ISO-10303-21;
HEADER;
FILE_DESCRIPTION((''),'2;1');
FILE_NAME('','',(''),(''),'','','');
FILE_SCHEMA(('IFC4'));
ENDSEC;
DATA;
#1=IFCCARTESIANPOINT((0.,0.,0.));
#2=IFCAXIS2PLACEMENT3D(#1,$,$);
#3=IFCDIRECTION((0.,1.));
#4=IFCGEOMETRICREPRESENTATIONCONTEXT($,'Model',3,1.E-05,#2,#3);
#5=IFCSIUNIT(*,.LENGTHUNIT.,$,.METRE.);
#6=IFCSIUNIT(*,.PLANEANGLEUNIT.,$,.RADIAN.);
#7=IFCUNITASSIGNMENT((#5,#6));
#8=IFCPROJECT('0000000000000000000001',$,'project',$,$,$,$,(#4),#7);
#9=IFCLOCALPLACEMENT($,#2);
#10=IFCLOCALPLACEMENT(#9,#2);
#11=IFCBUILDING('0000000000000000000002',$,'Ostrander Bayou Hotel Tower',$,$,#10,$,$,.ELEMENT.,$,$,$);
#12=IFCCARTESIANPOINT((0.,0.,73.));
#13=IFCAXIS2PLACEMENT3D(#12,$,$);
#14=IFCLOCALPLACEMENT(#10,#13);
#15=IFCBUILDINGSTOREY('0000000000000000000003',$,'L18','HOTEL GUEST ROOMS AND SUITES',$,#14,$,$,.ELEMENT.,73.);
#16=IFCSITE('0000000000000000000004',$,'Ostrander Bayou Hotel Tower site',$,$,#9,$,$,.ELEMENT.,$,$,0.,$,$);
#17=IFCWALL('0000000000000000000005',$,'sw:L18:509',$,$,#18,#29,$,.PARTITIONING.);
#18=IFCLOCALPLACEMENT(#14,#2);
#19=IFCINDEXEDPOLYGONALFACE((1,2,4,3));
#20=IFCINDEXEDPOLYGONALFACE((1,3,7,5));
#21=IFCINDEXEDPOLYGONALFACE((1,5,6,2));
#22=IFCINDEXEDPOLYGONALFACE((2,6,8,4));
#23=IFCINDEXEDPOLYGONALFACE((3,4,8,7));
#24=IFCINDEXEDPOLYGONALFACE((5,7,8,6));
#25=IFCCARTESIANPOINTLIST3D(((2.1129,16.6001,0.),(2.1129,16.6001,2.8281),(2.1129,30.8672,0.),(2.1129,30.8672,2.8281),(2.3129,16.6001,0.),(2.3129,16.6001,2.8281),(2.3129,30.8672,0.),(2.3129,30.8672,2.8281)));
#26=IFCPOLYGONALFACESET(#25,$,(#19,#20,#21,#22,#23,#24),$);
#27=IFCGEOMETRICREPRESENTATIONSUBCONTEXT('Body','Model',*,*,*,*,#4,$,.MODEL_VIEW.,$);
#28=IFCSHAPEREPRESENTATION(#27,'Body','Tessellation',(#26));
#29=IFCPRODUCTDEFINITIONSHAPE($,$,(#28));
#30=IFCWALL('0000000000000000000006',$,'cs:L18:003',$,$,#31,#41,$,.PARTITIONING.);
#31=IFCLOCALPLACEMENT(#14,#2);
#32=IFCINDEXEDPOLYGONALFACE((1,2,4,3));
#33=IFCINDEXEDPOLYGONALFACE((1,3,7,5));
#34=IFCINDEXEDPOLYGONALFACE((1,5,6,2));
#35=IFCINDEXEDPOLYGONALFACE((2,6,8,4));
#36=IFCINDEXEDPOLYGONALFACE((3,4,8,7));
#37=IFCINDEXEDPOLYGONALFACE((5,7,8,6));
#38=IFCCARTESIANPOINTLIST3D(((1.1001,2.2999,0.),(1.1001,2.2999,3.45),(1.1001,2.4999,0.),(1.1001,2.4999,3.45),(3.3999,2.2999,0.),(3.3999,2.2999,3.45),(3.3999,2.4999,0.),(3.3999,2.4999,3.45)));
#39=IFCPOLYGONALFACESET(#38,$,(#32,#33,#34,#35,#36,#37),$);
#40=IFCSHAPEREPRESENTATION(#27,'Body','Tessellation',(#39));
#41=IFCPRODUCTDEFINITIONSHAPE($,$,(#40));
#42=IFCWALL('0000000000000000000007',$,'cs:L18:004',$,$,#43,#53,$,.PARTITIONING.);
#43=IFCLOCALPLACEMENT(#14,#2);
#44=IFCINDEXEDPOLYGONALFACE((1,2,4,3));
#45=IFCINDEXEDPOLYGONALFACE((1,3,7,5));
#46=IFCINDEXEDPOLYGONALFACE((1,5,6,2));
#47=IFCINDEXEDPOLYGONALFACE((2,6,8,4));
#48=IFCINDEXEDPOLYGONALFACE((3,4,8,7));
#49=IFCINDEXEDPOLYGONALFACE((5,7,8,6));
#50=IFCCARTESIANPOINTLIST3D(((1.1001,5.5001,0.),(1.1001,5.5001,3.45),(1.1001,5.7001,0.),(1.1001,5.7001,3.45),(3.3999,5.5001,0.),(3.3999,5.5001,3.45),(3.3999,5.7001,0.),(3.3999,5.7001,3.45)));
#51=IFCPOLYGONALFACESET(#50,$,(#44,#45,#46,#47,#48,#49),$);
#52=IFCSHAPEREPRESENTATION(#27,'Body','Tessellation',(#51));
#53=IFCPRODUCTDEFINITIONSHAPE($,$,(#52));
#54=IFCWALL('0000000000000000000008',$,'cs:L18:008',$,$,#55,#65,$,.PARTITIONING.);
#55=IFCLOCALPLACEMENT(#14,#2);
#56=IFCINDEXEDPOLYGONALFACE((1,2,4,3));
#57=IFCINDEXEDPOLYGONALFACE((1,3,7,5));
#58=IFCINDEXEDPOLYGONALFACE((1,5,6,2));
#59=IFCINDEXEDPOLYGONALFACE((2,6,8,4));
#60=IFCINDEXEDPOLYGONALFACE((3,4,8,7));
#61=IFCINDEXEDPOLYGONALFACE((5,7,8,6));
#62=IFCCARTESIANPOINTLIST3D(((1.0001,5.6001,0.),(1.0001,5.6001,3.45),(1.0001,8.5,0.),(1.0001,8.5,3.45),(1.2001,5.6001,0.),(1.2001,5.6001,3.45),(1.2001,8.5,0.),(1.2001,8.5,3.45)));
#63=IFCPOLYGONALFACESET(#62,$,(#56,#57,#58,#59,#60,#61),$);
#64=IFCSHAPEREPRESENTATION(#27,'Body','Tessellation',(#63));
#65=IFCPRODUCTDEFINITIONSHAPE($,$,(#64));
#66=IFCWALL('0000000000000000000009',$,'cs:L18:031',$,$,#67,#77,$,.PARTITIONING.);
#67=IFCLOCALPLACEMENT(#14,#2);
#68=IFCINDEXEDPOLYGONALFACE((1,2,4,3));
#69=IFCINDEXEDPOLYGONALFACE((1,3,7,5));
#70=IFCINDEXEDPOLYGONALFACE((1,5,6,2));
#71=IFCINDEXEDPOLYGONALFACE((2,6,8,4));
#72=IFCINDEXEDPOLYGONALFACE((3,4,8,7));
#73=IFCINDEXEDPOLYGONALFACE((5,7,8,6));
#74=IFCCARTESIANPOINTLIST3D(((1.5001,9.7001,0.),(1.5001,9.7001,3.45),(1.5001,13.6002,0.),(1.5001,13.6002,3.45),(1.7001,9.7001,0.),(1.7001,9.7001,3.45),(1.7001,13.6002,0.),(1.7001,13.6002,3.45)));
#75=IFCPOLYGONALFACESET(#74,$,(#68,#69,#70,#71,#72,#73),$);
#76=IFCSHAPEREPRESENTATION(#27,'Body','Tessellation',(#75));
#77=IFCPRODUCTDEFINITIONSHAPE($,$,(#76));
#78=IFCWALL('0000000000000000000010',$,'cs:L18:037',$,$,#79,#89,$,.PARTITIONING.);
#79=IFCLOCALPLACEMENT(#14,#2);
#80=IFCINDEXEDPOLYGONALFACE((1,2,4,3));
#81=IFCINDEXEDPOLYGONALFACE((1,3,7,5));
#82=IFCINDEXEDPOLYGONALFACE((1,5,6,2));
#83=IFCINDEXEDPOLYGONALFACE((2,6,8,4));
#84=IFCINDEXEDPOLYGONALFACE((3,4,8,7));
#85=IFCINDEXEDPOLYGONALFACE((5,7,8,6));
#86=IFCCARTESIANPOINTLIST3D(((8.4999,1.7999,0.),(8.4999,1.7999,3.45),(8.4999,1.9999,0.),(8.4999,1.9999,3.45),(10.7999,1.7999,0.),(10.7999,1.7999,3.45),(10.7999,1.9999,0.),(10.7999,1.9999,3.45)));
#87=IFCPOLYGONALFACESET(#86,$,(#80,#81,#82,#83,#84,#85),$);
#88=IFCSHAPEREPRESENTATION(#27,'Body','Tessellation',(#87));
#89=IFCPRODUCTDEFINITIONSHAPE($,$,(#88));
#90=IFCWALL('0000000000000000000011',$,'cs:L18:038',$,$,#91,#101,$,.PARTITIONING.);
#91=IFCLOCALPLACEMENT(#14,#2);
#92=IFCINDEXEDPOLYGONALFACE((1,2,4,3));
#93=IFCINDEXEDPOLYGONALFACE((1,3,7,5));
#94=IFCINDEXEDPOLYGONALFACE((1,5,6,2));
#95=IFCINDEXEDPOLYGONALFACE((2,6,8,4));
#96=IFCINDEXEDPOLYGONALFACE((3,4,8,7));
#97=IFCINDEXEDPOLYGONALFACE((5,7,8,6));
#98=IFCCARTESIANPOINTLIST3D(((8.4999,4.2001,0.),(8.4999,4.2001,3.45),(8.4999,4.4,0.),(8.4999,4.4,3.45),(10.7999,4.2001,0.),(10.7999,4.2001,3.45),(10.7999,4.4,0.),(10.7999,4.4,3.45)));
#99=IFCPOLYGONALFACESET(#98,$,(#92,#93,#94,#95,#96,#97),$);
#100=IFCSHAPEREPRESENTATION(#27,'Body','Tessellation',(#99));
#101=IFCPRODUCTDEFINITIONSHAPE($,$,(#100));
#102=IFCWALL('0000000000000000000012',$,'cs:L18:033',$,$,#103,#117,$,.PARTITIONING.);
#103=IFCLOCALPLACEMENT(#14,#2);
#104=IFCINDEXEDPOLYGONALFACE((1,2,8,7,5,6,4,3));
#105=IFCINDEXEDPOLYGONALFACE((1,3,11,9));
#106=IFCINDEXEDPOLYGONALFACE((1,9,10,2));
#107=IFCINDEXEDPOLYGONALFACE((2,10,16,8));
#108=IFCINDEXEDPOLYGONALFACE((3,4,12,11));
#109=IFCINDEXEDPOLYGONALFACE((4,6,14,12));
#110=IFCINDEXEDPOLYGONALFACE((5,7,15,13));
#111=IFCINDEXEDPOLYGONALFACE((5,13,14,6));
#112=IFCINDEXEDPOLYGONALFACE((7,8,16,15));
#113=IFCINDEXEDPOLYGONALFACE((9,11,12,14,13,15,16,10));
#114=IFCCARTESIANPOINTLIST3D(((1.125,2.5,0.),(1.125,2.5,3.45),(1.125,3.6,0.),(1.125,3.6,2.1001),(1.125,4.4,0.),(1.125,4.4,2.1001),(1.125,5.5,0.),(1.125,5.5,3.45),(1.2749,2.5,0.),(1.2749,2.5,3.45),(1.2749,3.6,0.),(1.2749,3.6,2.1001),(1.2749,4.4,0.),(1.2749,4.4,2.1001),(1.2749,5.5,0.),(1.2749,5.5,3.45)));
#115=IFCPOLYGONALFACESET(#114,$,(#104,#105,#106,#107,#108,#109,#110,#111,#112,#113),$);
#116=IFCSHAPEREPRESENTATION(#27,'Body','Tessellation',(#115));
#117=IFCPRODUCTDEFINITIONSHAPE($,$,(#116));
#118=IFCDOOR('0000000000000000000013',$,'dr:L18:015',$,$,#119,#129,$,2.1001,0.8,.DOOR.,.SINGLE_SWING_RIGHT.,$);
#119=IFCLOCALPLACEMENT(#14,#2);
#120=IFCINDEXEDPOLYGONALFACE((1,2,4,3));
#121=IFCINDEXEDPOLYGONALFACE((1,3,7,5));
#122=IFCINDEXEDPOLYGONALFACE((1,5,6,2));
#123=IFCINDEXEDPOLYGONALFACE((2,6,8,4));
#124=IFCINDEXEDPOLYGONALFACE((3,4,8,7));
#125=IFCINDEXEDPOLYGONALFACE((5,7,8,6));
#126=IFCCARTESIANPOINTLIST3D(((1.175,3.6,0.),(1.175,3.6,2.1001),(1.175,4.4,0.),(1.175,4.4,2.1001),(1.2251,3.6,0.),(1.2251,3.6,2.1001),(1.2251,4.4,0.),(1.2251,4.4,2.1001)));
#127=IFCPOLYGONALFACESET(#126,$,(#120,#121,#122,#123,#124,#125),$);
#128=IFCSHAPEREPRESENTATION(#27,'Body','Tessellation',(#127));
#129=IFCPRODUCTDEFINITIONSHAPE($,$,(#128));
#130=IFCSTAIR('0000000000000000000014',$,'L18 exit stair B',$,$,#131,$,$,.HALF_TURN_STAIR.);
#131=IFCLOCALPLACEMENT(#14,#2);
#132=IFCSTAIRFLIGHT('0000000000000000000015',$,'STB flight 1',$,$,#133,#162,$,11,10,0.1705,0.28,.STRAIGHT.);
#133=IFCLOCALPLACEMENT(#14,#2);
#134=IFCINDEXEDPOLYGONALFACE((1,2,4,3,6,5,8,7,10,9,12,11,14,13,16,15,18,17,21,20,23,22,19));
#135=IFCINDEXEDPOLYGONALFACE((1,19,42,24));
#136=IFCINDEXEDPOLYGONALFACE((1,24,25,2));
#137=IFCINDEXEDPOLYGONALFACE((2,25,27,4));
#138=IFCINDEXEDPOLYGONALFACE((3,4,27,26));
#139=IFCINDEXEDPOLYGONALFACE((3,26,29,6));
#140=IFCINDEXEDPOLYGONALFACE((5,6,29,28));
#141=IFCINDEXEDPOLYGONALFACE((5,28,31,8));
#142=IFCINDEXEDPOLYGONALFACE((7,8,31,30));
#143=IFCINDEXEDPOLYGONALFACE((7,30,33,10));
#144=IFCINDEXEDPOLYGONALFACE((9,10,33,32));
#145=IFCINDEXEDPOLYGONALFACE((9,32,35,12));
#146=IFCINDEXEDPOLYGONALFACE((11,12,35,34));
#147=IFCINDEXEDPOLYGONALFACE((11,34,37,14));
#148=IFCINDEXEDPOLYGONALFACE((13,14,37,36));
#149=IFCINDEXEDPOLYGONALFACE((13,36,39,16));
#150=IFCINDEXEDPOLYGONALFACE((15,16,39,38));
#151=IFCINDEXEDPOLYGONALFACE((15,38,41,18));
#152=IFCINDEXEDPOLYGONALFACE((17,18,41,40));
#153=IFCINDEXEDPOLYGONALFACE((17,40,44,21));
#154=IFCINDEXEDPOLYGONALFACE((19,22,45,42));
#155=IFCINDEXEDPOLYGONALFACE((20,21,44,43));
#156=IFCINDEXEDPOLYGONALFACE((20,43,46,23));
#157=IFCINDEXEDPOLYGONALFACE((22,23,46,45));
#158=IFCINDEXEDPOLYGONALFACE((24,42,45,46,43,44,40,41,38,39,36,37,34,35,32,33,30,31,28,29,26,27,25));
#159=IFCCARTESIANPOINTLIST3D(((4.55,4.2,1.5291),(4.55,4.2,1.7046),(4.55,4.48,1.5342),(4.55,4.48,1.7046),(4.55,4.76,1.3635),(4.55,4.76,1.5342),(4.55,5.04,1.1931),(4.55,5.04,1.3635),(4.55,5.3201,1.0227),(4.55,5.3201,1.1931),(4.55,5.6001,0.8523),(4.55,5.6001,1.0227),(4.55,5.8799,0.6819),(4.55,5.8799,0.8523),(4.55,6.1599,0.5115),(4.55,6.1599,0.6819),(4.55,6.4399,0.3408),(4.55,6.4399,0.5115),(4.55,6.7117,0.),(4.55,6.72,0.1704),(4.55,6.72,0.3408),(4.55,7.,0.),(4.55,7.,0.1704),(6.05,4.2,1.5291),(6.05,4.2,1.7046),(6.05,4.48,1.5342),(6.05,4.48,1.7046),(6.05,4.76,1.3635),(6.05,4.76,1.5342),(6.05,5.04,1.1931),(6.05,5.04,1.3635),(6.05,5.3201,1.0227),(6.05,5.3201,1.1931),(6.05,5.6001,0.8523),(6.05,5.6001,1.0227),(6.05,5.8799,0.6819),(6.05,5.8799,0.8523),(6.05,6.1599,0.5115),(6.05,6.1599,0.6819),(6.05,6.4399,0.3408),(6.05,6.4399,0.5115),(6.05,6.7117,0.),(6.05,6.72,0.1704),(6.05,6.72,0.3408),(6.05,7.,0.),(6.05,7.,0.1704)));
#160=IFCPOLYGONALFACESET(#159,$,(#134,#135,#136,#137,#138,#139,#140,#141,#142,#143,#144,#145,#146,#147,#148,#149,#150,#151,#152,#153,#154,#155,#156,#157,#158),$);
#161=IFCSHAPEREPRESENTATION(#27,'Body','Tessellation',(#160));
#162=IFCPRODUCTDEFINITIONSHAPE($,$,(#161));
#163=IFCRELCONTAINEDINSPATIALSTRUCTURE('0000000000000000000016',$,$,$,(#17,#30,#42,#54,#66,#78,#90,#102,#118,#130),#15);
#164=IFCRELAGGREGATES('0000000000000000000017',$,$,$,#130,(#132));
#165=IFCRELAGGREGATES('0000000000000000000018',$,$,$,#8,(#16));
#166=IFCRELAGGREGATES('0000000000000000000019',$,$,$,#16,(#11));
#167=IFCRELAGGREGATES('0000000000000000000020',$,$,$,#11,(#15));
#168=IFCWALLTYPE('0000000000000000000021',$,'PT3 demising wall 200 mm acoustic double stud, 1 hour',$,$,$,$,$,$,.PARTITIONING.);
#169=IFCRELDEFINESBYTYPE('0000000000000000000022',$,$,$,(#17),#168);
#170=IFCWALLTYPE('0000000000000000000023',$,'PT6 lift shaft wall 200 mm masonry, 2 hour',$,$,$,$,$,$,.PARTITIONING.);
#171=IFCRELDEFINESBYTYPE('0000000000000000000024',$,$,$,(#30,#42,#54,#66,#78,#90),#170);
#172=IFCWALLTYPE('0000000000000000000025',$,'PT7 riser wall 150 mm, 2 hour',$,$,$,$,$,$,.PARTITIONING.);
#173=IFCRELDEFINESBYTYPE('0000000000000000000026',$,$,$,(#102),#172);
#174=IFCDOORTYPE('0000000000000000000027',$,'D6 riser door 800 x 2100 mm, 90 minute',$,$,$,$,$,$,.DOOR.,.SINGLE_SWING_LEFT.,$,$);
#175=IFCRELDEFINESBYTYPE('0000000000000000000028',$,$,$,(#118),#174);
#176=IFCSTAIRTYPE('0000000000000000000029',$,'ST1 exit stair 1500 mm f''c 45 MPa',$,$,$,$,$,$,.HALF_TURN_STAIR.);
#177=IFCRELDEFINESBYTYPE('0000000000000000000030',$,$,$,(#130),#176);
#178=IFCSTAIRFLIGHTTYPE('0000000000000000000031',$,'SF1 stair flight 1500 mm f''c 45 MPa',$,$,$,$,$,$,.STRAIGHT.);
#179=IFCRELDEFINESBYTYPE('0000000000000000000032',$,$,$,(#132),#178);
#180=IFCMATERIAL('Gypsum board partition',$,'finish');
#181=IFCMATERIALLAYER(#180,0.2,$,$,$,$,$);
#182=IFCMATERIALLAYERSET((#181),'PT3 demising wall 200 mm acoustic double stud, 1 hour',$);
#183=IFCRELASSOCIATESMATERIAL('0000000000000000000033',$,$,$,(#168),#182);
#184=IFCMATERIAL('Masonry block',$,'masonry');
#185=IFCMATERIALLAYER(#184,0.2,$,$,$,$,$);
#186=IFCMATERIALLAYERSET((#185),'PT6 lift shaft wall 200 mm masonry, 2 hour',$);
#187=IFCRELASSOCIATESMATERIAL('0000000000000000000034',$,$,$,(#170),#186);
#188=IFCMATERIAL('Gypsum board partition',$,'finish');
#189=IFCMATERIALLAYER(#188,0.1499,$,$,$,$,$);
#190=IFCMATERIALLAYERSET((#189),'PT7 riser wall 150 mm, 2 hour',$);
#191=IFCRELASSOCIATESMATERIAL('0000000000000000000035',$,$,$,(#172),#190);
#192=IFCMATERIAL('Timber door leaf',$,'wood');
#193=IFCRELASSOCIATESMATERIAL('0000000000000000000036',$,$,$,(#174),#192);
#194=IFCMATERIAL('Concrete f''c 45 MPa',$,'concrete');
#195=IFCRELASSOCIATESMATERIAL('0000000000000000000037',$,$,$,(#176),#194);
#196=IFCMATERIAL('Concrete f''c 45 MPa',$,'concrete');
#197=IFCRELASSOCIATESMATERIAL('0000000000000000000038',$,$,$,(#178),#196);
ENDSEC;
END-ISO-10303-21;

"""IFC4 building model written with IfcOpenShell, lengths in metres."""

from ifc_helpers import new_model, si_unit, direction, frame, frame_2d, origin, place, context, subcontext, project, spatial, polyline, rectangle, outline, extrude, material, layer, layer_set, type_object, element, fill, aggregate, save


model = new_model("IFC4")

# Units and contexts
model_context = context("Model", 3, precision=1e-05, world=origin(), true_north=direction((0.0, 1.0)))
body_context = subcontext(model_context, "Body", "Model", "MODEL_VIEW")
ifc_project = project(units=[si_unit("LENGTHUNIT", "METRE"), si_unit("PLANEANGLEUNIT", "RADIAN")], contexts=[model_context])

# Site, building, storey
site_placement = place(None, origin())
site = spatial("IfcSite", under=ifc_project, at=site_placement, Name="Ostrander Bayou Hotel Tower site", CompositionType="ELEMENT", RefElevation=0.0)
building_placement = place(site_placement, origin())
building = spatial("IfcBuilding", under=site, at=building_placement, Name="Ostrander Bayou Hotel Tower", CompositionType="ELEMENT")
storey_placement = place(building_placement, frame((0.0, 0.0, 73.0)))
storey = spatial("IfcBuildingStorey", under=building, at=storey_placement, Name="L18", Description="HOTEL GUEST ROOMS AND SUITES", CompositionType="ELEMENT", Elevation=73.0)

# Wall
ifc_material_1 = material(Name="Gypsum board partition", Category="finish")
ifc_layer_1 = layer(ifc_material_1, 0.2)
ifc_layer_set_1 = layer_set([ifc_layer_1], Name="PT3 demising wall 200 mm acoustic double stud, 1 hour")
wall_type_1 = type_object("IfcWallType", Name="PT3 demising wall 200 mm acoustic double stud, 1 hour", PredefinedType="PARTITIONING", material=ifc_layer_set_1)
wall_1_placement = place(storey_placement, frame((2.2129, 16.6001, 0.0), z_axis=(0.0, 0.0, 1.0), x_axis=(0.0, 1.0, 0.0)))
element("IfcWall", 1, at=wall_1_placement, inside=storey, type_object=wall_type_1, Name="sw:L18:509", PredefinedType="PARTITIONING", context=body_context, shape_type="SweptSolid", body=[
    extrude(rectangle(XDim=14.2671, YDim=0.2, at=frame_2d((7.1335, 0.0))), origin(), (0.0, 0.0, 1.0), 2.8281),
])

# Walls
ifc_material_2 = material(Name="Masonry block", Category="masonry")
ifc_layer_2 = layer(ifc_material_2, 0.2)
ifc_layer_set_2 = layer_set([ifc_layer_2], Name="PT6 lift shaft wall 200 mm masonry, 2 hour")
wall_type_2 = type_object("IfcWallType", Name="PT6 lift shaft wall 200 mm masonry, 2 hour", PredefinedType="PARTITIONING", material=ifc_layer_set_2)
for number, where, z_axis, x_axis, name in (
    (2, (1.1001, 2.3999, 0.0), (0.0, 0.0, 1.0), (1.0, 0.0, 0.0), "cs:L18:003"),
    (3, (1.1001, 5.6001, 0.0), (0.0, 0.0, 1.0), (1.0, 0.0, 0.0), "cs:L18:004"),
):
    element("IfcWall", number, at=place(storey_placement, frame(where, z_axis=z_axis, x_axis=x_axis)), inside=storey, type_object=wall_type_2, Name=name, PredefinedType="PARTITIONING", context=body_context, shape_type="SweptSolid", body=[
        extrude(rectangle(XDim=2.2998, YDim=0.2, at=frame_2d((1.1499, 0.0))), origin(), (0.0, 0.0, 1.0), 3.45),
    ])
wall_2_placement = place(storey_placement, frame((1.1001, 5.6001, 0.0), z_axis=(0.0, 0.0, 1.0), x_axis=(0.0, 1.0, 0.0)))
element("IfcWall", 4, at=wall_2_placement, inside=storey, type_object=wall_type_2, Name="cs:L18:008", PredefinedType="PARTITIONING", context=body_context, shape_type="SweptSolid", body=[
    extrude(rectangle(XDim=2.8999, YDim=0.2, at=frame_2d((1.45, 0.0))), origin(), (0.0, 0.0, 1.0), 3.45),
])
wall_3_placement = place(storey_placement, frame((1.6001, 9.7, 0.0), z_axis=(0.0, 0.0, 1.0), x_axis=(0.0, 1.0, 0.0)))
element("IfcWall", 5, at=wall_3_placement, inside=storey, type_object=wall_type_2, Name="cs:L18:031", PredefinedType="PARTITIONING", context=body_context, shape_type="SweptSolid", body=[
    extrude(rectangle(XDim=3.9001, YDim=0.2, at=frame_2d((1.9502, 0.0))), origin(), (0.0, 0.0, 1.0), 3.45),
])
for number, where, z_axis, x_axis, name in (
    (6, (8.5, 1.8999, 0.0), (0.0, 0.0, 1.0), (1.0, 0.0, 0.0), "cs:L18:037"),
    (7, (8.5, 4.3, 0.0), (0.0, 0.0, 1.0), (1.0, 0.0, 0.0), "cs:L18:038"),
):
    element("IfcWall", number, at=place(storey_placement, frame(where, z_axis=z_axis, x_axis=x_axis)), inside=storey, type_object=wall_type_2, Name=name, PredefinedType="PARTITIONING", context=body_context, shape_type="SweptSolid", body=[
        extrude(rectangle(XDim=2.3, YDim=0.2, at=frame_2d((1.1499, 0.0))), origin(), (0.0, 0.0, 1.0), 3.45),
    ])

# Wall, opening, door
ifc_material_3 = material(Name="Gypsum board partition", Category="finish")
ifc_layer_3 = layer(ifc_material_3, 0.1499)
ifc_layer_set_3 = layer_set([ifc_layer_3], Name="PT7 riser wall 150 mm, 2 hour")
wall_type_3 = type_object("IfcWallType", Name="PT7 riser wall 150 mm, 2 hour", PredefinedType="PARTITIONING", material=ifc_layer_set_3)
wall_4_placement = place(storey_placement, frame((1.2, 2.5, 0.0), z_axis=(0.0, 0.0, 1.0), x_axis=(0.0, 1.0, 0.0)))
wall_4 = element("IfcWall", 8, at=wall_4_placement, inside=storey, type_object=wall_type_3, Name="cs:L18:033", PredefinedType="PARTITIONING", context=body_context, shape_type="SweptSolid", body=[
    extrude(rectangle(XDim=3.0, YDim=0.1499, at=frame_2d((1.5, 0.0))), origin(), (0.0, 0.0, 1.0), 3.45),
])
opening_1_placement = place(wall_4_placement, frame((1.1001, 0.0, 0.0)))
opening_1 = element("IfcOpeningElement", 9, at=opening_1_placement, cuts=wall_4, PredefinedType="OPENING", context=body_context, shape_type="SweptSolid", body=[
    extrude(rectangle(XDim=0.8, YDim=2.1001, at=frame_2d((0.3999, 1.05))), frame((0.0, 0.075, 0.0), z_axis=(0.0, -1.0, 0.0), x_axis=(1.0, 0.0, 0.0)), (0.0, 0.0, 1.0), 0.1499),
])
ifc_material_4 = material(Name="Timber door leaf", Category="wood")
door_type_1 = type_object("IfcDoorType", Name="D6 riser door 800 x 2100 mm, 90 minute", OperationType="SINGLE_SWING_LEFT", PredefinedType="DOOR", material=ifc_material_4)
door_1_placement = place(opening_1_placement, origin())
door_1 = element("IfcDoor", 10, at=door_1_placement, inside=storey, type_object=door_type_1, Name="dr:L18:015", OperationType="SINGLE_SWING_RIGHT", OverallHeight=2.1001, OverallWidth=0.8, PredefinedType="DOOR", context=body_context, shape_type="SweptSolid", body=[
    extrude(rectangle(XDim=0.8, YDim=2.1001, at=frame_2d((0.3999, 1.05))), frame((0.0, 0.0249, 0.0), z_axis=(0.0, -1.0, 0.0), x_axis=(1.0, 0.0, 0.0)), (0.0, 0.0, 1.0), 0.05),
])
fill(opening_1, door_1)

# Stair, stair flight
ifc_material_5 = material(Name="Concrete f'c 45 MPa", Category="concrete")
stair_type = type_object("IfcStairType", Name="ST1 exit stair 1500 mm f'c 45 MPa", PredefinedType="HALF_TURN_STAIR", material=ifc_material_5)
stair_placement = place(storey_placement, origin())
stair = element("IfcStair", 11, at=stair_placement, inside=storey, type_object=stair_type, Name="L18 exit stair B", PredefinedType="HALF_TURN_STAIR")
ifc_material_6 = material(Name="Concrete f'c 45 MPa", Category="concrete")
stair_flight_type = type_object("IfcStairFlightType", Name="SF1 stair flight 1500 mm f'c 45 MPa", PredefinedType="STRAIGHT", material=ifc_material_6)
stair_flight_1_placement = place(storey_placement, frame((5.3, 7.0, 0.0), z_axis=(0.0, 0.0, 1.0), x_axis=(0.0, -1.0, 0.0)))
stair_flight_1 = element("IfcStairFlight", 12, at=stair_flight_1_placement, type_object=stair_flight_type, Name="STB flight 1", NumberOfRisers=11, NumberOfTreads=10, PredefinedType="STRAIGHT", RiserHeight=0.1705, TreadLength=0.28, context=body_context, shape_type="SweptSolid", body=[
    extrude(outline(polyline([(0.0, 0.0), (0.0, 0.1704), (0.28, 0.1704), (0.28, 0.3408), (0.5601, 0.3408), (0.5601, 0.5115), (0.8401, 0.5115), (0.8401, 0.6819), (1.1201, 0.6819), (1.1201, 0.8523), (1.3999, 0.8523), (1.3999, 1.0227), (1.6799, 1.0227), (1.6799, 1.1931), (1.96, 1.1931), (1.96, 1.3635), (2.24, 1.3635), (2.24, 1.5342), (2.52, 1.5342), (2.52, 1.7046), (2.8, 1.7046), (2.8, 1.875), (2.8, 1.5291), (0.2883, 0.0), (0.0, 0.0)])), frame((0.0, 0.75, 0.0), z_axis=(0.0, -1.0, 0.0), x_axis=(1.0, 0.0, 0.0)), (0.0, 0.0, 1.0), 1.5),
])
aggregate(stair, [stair_flight_1])

save(model, "model.ifc")
